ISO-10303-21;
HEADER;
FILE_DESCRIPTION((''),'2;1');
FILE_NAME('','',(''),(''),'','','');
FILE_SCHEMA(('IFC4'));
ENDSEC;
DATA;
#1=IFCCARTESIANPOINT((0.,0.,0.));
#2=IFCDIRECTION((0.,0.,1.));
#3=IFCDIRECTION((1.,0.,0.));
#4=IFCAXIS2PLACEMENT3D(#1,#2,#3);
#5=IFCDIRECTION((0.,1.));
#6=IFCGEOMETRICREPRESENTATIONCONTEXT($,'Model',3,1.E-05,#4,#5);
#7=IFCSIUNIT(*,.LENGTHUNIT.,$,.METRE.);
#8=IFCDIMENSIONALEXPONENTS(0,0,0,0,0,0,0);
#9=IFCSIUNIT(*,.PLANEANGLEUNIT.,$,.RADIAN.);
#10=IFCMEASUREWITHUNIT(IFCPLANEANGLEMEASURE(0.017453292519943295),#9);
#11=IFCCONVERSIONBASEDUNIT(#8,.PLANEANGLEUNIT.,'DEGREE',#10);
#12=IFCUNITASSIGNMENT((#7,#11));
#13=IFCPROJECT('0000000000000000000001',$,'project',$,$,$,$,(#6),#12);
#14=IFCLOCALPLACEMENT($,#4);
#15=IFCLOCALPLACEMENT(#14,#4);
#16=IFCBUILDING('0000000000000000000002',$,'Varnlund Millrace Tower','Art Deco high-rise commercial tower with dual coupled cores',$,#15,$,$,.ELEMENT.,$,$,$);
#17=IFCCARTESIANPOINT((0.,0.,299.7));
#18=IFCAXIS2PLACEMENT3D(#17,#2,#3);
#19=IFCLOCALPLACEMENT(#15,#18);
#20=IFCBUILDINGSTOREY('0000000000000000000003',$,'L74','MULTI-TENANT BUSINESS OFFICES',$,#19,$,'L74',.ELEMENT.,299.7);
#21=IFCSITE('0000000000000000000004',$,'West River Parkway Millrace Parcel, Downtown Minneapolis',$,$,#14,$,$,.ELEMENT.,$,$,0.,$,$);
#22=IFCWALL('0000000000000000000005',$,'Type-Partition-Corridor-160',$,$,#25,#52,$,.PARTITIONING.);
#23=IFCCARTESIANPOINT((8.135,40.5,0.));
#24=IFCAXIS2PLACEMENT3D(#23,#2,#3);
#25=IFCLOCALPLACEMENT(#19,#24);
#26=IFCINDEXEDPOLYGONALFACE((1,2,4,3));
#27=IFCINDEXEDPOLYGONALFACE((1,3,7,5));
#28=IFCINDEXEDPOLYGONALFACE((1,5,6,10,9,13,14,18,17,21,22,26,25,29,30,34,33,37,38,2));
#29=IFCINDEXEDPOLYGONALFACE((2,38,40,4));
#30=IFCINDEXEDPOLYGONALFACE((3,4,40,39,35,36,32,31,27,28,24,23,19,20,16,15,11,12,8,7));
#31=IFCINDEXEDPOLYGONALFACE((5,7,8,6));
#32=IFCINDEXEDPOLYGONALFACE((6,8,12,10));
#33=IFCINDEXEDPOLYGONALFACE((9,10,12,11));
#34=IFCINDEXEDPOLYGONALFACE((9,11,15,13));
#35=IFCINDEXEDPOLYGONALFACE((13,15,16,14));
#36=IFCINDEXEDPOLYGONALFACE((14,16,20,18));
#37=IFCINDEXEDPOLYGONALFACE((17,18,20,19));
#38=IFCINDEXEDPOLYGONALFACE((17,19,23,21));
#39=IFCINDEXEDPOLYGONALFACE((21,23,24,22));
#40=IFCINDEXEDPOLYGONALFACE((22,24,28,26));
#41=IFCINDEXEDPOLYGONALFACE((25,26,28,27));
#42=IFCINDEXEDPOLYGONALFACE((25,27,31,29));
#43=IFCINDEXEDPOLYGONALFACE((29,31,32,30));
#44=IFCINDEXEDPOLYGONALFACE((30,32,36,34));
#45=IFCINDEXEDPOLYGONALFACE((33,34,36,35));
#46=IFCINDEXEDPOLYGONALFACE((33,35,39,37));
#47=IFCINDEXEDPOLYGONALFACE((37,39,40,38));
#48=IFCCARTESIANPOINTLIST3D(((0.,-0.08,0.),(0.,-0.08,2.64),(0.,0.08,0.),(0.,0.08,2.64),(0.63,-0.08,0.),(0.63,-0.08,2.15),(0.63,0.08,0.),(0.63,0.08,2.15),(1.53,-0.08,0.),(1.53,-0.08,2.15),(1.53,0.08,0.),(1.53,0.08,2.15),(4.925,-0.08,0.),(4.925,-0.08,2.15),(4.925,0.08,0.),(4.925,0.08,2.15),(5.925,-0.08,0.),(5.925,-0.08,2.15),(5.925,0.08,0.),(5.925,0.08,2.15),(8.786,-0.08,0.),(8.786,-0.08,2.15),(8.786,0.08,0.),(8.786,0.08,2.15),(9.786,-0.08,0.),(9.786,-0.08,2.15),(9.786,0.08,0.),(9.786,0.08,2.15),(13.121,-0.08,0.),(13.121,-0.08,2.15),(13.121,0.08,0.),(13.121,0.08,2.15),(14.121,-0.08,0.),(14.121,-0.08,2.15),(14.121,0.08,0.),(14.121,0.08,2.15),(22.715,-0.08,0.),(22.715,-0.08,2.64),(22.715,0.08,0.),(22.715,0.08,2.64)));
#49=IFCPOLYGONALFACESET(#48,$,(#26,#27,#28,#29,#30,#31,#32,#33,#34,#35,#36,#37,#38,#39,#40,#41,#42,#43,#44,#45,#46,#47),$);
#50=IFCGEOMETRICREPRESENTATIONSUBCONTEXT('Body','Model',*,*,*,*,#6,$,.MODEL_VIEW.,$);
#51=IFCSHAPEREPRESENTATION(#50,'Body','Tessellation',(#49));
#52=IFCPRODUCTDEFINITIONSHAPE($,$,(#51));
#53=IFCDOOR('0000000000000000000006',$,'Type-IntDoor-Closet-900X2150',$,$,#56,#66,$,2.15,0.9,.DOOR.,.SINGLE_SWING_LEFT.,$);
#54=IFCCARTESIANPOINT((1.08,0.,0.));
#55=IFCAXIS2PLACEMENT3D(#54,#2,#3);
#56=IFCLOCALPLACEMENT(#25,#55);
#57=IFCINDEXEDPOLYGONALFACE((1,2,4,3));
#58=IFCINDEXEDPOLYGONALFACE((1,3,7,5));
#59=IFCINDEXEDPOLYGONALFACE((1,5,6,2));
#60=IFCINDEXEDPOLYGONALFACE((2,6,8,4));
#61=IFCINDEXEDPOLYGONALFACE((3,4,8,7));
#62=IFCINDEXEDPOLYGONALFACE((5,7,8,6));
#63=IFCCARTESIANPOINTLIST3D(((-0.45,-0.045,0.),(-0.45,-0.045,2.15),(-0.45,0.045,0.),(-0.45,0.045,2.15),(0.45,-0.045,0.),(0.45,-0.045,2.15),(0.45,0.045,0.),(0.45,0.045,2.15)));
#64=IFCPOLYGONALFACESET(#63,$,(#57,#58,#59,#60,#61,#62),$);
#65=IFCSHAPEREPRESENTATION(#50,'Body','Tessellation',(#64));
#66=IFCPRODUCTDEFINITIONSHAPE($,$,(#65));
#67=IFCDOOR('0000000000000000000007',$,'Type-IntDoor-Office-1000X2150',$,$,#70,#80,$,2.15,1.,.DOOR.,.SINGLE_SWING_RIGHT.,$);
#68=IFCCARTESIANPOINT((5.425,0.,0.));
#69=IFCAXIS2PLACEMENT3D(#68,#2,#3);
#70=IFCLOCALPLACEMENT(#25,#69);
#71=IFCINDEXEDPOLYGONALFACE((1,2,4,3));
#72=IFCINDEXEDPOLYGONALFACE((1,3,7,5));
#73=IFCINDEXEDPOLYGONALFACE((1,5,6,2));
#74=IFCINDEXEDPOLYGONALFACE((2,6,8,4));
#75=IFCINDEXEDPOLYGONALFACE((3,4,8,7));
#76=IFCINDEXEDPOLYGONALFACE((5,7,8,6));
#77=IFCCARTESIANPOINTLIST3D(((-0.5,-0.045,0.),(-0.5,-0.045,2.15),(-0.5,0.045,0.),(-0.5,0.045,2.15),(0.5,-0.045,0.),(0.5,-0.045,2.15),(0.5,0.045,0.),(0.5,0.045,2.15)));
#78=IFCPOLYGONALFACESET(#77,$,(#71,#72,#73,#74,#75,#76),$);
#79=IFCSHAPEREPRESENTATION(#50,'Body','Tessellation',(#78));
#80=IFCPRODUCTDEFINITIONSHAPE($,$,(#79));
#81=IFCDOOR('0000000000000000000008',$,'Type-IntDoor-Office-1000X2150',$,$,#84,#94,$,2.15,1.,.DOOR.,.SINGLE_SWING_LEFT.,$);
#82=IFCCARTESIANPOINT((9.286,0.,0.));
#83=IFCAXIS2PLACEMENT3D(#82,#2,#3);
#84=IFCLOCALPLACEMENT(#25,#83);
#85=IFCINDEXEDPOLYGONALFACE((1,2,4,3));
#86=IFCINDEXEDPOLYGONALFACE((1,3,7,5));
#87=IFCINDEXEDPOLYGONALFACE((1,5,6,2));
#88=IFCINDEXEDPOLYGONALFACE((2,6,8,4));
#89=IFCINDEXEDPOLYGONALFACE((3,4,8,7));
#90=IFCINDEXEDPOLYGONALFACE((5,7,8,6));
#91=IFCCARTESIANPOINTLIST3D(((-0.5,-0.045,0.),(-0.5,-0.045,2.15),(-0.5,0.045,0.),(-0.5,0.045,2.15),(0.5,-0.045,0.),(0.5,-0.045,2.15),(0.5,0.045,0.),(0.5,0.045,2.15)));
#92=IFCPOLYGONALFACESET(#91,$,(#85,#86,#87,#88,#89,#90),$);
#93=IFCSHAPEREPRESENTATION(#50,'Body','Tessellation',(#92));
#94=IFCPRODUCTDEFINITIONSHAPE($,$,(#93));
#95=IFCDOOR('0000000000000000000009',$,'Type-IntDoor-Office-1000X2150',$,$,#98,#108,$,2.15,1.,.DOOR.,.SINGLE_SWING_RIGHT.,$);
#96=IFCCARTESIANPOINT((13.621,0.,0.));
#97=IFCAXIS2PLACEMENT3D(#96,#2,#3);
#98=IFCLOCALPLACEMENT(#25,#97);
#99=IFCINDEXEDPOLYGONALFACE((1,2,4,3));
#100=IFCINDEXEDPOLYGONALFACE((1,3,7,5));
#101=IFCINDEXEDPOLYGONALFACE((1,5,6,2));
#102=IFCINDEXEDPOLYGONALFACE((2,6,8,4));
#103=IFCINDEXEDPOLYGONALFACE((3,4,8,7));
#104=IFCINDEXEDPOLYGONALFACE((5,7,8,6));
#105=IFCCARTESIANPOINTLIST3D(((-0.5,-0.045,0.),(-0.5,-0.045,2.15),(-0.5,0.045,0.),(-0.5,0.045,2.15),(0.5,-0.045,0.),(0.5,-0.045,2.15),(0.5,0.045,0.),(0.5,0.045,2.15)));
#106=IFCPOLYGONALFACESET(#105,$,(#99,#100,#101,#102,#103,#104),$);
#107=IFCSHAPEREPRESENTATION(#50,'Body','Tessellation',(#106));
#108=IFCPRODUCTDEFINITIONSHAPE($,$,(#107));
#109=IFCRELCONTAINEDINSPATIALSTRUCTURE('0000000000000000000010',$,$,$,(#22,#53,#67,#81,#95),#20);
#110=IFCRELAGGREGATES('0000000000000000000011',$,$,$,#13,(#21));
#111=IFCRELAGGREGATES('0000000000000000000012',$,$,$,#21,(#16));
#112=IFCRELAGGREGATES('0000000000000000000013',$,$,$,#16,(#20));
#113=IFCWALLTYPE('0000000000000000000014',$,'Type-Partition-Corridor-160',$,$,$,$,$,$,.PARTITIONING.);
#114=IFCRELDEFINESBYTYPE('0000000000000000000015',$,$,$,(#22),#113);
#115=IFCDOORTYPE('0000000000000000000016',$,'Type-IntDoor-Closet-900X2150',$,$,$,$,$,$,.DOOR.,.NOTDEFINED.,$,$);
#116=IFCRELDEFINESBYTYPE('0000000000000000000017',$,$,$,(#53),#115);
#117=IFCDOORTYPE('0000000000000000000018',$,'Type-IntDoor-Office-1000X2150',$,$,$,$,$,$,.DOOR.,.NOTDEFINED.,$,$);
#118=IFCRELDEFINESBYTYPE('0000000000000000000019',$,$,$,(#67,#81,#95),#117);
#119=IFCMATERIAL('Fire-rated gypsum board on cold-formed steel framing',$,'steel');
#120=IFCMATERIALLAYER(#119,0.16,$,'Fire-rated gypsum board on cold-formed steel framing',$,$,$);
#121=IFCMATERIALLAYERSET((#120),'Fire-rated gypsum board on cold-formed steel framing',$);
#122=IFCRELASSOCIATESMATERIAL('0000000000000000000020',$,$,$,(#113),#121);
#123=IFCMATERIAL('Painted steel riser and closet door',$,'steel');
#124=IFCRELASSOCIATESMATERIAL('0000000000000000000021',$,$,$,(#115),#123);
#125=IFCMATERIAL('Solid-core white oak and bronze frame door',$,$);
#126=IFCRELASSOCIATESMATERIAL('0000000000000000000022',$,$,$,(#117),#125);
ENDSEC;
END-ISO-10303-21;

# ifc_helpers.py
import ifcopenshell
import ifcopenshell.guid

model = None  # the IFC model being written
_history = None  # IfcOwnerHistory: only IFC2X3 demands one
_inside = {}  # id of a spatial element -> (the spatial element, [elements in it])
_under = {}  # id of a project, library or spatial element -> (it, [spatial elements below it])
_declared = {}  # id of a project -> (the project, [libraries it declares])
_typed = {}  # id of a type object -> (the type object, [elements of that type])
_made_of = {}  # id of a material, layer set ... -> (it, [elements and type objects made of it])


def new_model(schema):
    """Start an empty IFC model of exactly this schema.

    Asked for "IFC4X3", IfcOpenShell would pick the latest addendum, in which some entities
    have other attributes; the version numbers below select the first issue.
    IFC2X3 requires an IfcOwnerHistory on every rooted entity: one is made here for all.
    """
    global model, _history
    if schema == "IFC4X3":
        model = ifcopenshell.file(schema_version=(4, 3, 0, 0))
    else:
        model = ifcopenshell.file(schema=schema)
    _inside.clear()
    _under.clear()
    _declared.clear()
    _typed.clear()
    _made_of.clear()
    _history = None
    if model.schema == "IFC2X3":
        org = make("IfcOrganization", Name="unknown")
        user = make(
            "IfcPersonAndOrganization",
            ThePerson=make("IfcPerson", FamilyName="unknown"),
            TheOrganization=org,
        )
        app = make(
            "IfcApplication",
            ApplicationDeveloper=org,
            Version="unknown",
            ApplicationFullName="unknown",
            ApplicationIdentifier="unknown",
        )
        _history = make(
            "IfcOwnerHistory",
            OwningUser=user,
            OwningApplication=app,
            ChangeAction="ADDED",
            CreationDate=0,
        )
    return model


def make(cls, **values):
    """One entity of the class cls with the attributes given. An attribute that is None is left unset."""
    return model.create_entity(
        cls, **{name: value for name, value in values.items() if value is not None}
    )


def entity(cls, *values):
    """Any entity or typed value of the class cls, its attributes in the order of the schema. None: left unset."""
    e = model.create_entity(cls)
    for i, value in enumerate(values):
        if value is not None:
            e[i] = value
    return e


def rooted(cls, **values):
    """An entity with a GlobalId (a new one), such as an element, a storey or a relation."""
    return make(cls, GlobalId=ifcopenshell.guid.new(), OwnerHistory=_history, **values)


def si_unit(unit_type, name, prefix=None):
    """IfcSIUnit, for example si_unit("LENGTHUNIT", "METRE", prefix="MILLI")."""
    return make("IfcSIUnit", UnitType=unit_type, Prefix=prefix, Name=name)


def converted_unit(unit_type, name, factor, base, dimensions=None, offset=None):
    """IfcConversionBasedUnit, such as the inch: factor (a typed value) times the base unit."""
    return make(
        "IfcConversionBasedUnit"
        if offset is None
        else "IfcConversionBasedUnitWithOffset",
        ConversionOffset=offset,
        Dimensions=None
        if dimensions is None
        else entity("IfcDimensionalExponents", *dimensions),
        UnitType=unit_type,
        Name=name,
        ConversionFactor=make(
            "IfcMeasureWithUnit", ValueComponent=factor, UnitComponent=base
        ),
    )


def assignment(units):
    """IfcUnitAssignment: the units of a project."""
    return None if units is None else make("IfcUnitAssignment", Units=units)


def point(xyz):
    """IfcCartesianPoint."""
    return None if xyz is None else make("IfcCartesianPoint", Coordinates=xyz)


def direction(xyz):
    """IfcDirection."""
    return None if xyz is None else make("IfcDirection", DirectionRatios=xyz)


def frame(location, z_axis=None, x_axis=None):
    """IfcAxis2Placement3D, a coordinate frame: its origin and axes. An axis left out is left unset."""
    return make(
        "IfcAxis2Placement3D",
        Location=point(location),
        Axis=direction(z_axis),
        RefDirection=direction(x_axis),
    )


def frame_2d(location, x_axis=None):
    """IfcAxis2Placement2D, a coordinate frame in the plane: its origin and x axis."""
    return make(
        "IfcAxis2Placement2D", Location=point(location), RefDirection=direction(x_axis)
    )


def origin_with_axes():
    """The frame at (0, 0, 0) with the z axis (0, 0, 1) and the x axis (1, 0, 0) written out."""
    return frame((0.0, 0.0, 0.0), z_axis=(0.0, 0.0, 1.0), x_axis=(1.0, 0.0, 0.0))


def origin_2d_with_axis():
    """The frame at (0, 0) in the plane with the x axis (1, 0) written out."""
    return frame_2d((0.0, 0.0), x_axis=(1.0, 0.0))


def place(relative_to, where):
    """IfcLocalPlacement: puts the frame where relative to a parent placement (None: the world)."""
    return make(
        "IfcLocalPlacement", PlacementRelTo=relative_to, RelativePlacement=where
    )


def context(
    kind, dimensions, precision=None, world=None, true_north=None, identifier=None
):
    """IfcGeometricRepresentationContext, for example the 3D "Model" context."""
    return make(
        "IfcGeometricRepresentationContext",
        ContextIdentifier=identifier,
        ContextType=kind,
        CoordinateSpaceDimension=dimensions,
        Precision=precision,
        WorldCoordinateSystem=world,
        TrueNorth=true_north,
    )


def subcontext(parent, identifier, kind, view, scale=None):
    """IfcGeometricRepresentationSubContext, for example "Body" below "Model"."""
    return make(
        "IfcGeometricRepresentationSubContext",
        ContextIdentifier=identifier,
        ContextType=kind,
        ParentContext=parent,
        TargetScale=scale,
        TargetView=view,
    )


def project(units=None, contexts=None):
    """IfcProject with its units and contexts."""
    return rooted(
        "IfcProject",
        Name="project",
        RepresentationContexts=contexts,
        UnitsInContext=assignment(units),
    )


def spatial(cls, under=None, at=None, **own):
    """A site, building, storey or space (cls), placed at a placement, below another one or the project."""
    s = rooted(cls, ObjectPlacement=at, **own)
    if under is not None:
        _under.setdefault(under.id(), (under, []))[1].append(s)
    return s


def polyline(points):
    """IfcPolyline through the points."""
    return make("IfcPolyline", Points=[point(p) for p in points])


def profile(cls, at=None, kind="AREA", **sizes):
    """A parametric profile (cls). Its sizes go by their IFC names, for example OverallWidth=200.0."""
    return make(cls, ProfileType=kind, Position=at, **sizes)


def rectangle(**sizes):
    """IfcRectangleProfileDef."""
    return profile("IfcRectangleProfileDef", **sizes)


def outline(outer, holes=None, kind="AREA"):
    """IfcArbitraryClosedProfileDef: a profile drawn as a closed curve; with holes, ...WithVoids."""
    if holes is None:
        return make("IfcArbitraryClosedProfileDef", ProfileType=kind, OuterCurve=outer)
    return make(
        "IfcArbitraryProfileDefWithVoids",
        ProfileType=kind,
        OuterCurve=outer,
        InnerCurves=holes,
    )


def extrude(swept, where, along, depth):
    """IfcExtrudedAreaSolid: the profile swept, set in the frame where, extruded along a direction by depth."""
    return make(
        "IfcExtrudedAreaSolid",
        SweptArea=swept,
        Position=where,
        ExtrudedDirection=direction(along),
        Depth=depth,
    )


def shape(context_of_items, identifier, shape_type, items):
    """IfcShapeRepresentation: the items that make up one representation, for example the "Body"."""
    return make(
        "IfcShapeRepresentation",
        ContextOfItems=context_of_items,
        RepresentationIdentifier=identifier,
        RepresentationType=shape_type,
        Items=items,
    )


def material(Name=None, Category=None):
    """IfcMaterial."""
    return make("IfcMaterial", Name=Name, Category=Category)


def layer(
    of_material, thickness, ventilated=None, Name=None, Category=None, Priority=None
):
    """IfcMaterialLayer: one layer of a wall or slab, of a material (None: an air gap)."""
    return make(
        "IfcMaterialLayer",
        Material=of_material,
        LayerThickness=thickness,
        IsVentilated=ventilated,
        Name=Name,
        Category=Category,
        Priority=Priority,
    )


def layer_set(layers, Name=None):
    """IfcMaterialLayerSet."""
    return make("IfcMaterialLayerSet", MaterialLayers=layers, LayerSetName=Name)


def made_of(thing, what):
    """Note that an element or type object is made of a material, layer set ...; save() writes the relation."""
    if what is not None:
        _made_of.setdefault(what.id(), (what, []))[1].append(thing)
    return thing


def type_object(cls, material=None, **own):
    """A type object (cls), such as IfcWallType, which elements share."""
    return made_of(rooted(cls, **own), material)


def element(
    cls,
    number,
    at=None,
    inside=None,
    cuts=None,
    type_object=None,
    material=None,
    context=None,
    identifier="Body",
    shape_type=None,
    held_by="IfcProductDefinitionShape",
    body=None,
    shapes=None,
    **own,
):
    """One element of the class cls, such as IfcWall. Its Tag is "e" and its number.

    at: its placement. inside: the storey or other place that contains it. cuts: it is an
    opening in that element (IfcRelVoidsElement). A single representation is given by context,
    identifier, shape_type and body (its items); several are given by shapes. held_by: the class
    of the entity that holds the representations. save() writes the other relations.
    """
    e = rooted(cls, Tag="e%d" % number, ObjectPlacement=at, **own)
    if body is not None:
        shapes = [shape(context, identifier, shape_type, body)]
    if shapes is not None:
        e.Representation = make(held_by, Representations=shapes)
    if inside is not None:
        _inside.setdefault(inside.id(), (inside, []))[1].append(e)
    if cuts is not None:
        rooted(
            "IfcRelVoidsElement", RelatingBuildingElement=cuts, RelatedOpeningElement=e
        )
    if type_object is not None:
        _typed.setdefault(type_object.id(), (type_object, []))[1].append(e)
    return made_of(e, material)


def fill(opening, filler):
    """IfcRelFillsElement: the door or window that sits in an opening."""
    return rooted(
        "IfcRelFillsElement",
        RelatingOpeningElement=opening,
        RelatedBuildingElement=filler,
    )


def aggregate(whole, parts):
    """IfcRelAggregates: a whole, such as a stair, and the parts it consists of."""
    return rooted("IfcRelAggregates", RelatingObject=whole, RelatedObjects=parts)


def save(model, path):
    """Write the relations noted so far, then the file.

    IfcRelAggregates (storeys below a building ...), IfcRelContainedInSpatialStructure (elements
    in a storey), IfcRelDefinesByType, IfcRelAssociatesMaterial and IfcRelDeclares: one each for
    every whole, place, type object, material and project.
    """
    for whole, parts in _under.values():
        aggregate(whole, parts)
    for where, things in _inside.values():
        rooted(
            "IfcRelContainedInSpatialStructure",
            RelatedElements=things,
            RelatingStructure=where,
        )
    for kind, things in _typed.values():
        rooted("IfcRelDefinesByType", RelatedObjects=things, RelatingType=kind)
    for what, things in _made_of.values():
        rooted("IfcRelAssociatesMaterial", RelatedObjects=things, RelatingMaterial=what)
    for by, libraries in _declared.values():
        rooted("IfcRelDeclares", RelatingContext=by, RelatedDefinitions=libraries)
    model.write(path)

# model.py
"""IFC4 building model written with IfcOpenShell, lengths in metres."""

from ifc_helpers import new_model, entity, si_unit, converted_unit, direction, frame, origin_with_axes, origin_2d_with_axis, place, context, subcontext, project, spatial, polyline, rectangle, outline, extrude, material, layer, layer_set, type_object, element, fill, save


model = new_model("IFC4")

# Units and contexts
model_context = context("Model", 3, precision=1e-05, world=origin_with_axes(), true_north=direction((0.0, 1.0)))
body_context = subcontext(model_context, "Body", "Model", "MODEL_VIEW")
ifc_project = project(units=[si_unit("LENGTHUNIT", "METRE"), converted_unit("PLANEANGLEUNIT", "DEGREE", entity("IfcPlaneAngleMeasure", 0.017453292519943295), si_unit("PLANEANGLEUNIT", "RADIAN"), dimensions=[0, 0, 0, 0, 0, 0, 0])], contexts=[model_context])

# Site, building, storey
site_placement = place(None, origin_with_axes())
site = spatial("IfcSite", under=ifc_project, at=site_placement, Name="West River Parkway Millrace Parcel, Downtown Minneapolis", CompositionType="ELEMENT", RefElevation=0.0)
building_placement = place(site_placement, origin_with_axes())
building = spatial("IfcBuilding", under=site, at=building_placement, Name="Varnlund Millrace Tower", Description="Art Deco high-rise commercial tower with dual coupled cores", CompositionType="ELEMENT")
storey_placement = place(building_placement, frame((0.0, 0.0, 299.7), z_axis=(0.0, 0.0, 1.0), x_axis=(1.0, 0.0, 0.0)))
storey = spatial("IfcBuildingStorey", under=building, at=storey_placement, Name="L74", Description="MULTI-TENANT BUSINESS OFFICES", LongName="L74", CompositionType="ELEMENT", Elevation=299.7)

# Wall, openings, doors
ifc_material_1 = material(Name="Fire-rated gypsum board on cold-formed steel framing", Category="steel")
ifc_layer_1 = layer(ifc_material_1, 0.16, Name="Fire-rated gypsum board on cold-formed steel framing")
ifc_layer_set_1 = layer_set([ifc_layer_1], Name="Fire-rated gypsum board on cold-formed steel framing")
wall_type_1 = type_object("IfcWallType", Name="Type-Partition-Corridor-160", PredefinedType="PARTITIONING", material=ifc_layer_set_1)
wall_1_placement = place(storey_placement, frame((8.135, 40.5, 0.0), z_axis=(0.0, 0.0, 1.0), x_axis=(1.0, 0.0, 0.0)))
wall_1 = element("IfcWall", 1, at=wall_1_placement, inside=storey, type_object=wall_type_1, Name="Type-Partition-Corridor-160", PredefinedType="PARTITIONING", context=body_context, shape_type="SweptSolid", body=[
    extrude(outline(polyline([(0.0, -0.08), (22.715, -0.08), (22.715, 0.08), (0.0, 0.08), (0.0, -0.08)])), origin_with_axes(), (0.0, 0.0, 1.0), 2.64),
])
opening_1_placement = place(wall_1_placement, frame((1.08, 0.0, 0.0), z_axis=(0.0, 0.0, 1.0), x_axis=(1.0, 0.0, 0.0)))
opening_1 = element("IfcOpeningElement", 2, at=opening_1_placement, cuts=wall_1, PredefinedType="OPENING", context=body_context, shape_type="SweptSolid", body=[
    extrude(rectangle(XDim=0.9, YDim=0.18, at=origin_2d_with_axis()), origin_with_axes(), (0.0, 0.0, 1.0), 2.15),
])
opening_2_placement = place(wall_1_placement, frame((5.425, 0.0, 0.0), z_axis=(0.0, 0.0, 1.0), x_axis=(1.0, 0.0, 0.0)))
opening_2 = element("IfcOpeningElement", 3, at=opening_2_placement, cuts=wall_1, PredefinedType="OPENING", context=body_context, shape_type="SweptSolid", body=[
    extrude(rectangle(XDim=1.0, YDim=0.18, at=origin_2d_with_axis()), origin_with_axes(), (0.0, 0.0, 1.0), 2.15),
])
opening_3_placement = place(wall_1_placement, frame((9.286, 0.0, 0.0), z_axis=(0.0, 0.0, 1.0), x_axis=(1.0, 0.0, 0.0)))
opening_3 = element("IfcOpeningElement", 4, at=opening_3_placement, cuts=wall_1, PredefinedType="OPENING", context=body_context, shape_type="SweptSolid", body=[
    extrude(rectangle(XDim=1.0, YDim=0.18, at=origin_2d_with_axis()), origin_with_axes(), (0.0, 0.0, 1.0), 2.15),
])
opening_4_placement = place(wall_1_placement, frame((13.621, 0.0, 0.0), z_axis=(0.0, 0.0, 1.0), x_axis=(1.0, 0.0, 0.0)))
opening_4 = element("IfcOpeningElement", 5, at=opening_4_placement, cuts=wall_1, PredefinedType="OPENING", context=body_context, shape_type="SweptSolid", body=[
    extrude(rectangle(XDim=1.0, YDim=0.18, at=origin_2d_with_axis()), origin_with_axes(), (0.0, 0.0, 1.0), 2.15),
])
ifc_material_2 = material(Name="Painted steel riser and closet door", Category="steel")
door_type_1 = type_object("IfcDoorType", Name="Type-IntDoor-Closet-900X2150", OperationType="NOTDEFINED", PredefinedType="DOOR", material=ifc_material_2)
door_1_placement = place(wall_1_placement, frame((1.08, 0.0, 0.0), z_axis=(0.0, 0.0, 1.0), x_axis=(1.0, 0.0, 0.0)))
door_1 = element("IfcDoor", 6, at=door_1_placement, inside=storey, type_object=door_type_1, Name="Type-IntDoor-Closet-900X2150", OperationType="SINGLE_SWING_LEFT", OverallHeight=2.15, OverallWidth=0.9, PredefinedType="DOOR", context=body_context, shape_type="SweptSolid", body=[
    extrude(rectangle(XDim=0.9, YDim=0.09, at=origin_2d_with_axis()), origin_with_axes(), (0.0, 0.0, 1.0), 2.15),
])
fill(opening_1, door_1)
ifc_material_3 = material(Name="Solid-core white oak and bronze frame door")
door_type_2 = type_object("IfcDoorType", Name="Type-IntDoor-Office-1000X2150", OperationType="NOTDEFINED", PredefinedType="DOOR", material=ifc_material_3)
door_2_placement = place(wall_1_placement, frame((5.425, 0.0, 0.0), z_axis=(0.0, 0.0, 1.0), x_axis=(1.0, 0.0, 0.0)))
door_2 = element("IfcDoor", 7, at=door_2_placement, inside=storey, type_object=door_type_2, Name="Type-IntDoor-Office-1000X2150", OperationType="SINGLE_SWING_RIGHT", OverallHeight=2.15, OverallWidth=1.0, PredefinedType="DOOR", context=body_context, shape_type="SweptSolid", body=[
    extrude(rectangle(XDim=1.0, YDim=0.09, at=origin_2d_with_axis()), origin_with_axes(), (0.0, 0.0, 1.0), 2.15),
])
fill(opening_2, door_2)
door_3_placement = place(wall_1_placement, frame((9.286, 0.0, 0.0), z_axis=(0.0, 0.0, 1.0), x_axis=(1.0, 0.0, 0.0)))
door_3 = element("IfcDoor", 8, at=door_3_placement, inside=storey, type_object=door_type_2, Name="Type-IntDoor-Office-1000X2150", OperationType="SINGLE_SWING_LEFT", OverallHeight=2.15, OverallWidth=1.0, PredefinedType="DOOR", context=body_context, shape_type="SweptSolid", body=[
    extrude(rectangle(XDim=1.0, YDim=0.09, at=origin_2d_with_axis()), origin_with_axes(), (0.0, 0.0, 1.0), 2.15),
])
fill(opening_3, door_3)
door_4_placement = place(wall_1_placement, frame((13.621, 0.0, 0.0), z_axis=(0.0, 0.0, 1.0), x_axis=(1.0, 0.0, 0.0)))
door_4 = element("IfcDoor", 9, at=door_4_placement, inside=storey, type_object=door_type_2, Name="Type-IntDoor-Office-1000X2150", OperationType="SINGLE_SWING_RIGHT", OverallHeight=2.15, OverallWidth=1.0, PredefinedType="DOOR", context=body_context, shape_type="SweptSolid", body=[
    extrude(rectangle(XDim=1.0, YDim=0.09, at=origin_2d_with_axis()), origin_with_axes(), (0.0, 0.0, 1.0), 2.15),
])
fill(opening_4, door_4)

save(model, "model.ifc")
